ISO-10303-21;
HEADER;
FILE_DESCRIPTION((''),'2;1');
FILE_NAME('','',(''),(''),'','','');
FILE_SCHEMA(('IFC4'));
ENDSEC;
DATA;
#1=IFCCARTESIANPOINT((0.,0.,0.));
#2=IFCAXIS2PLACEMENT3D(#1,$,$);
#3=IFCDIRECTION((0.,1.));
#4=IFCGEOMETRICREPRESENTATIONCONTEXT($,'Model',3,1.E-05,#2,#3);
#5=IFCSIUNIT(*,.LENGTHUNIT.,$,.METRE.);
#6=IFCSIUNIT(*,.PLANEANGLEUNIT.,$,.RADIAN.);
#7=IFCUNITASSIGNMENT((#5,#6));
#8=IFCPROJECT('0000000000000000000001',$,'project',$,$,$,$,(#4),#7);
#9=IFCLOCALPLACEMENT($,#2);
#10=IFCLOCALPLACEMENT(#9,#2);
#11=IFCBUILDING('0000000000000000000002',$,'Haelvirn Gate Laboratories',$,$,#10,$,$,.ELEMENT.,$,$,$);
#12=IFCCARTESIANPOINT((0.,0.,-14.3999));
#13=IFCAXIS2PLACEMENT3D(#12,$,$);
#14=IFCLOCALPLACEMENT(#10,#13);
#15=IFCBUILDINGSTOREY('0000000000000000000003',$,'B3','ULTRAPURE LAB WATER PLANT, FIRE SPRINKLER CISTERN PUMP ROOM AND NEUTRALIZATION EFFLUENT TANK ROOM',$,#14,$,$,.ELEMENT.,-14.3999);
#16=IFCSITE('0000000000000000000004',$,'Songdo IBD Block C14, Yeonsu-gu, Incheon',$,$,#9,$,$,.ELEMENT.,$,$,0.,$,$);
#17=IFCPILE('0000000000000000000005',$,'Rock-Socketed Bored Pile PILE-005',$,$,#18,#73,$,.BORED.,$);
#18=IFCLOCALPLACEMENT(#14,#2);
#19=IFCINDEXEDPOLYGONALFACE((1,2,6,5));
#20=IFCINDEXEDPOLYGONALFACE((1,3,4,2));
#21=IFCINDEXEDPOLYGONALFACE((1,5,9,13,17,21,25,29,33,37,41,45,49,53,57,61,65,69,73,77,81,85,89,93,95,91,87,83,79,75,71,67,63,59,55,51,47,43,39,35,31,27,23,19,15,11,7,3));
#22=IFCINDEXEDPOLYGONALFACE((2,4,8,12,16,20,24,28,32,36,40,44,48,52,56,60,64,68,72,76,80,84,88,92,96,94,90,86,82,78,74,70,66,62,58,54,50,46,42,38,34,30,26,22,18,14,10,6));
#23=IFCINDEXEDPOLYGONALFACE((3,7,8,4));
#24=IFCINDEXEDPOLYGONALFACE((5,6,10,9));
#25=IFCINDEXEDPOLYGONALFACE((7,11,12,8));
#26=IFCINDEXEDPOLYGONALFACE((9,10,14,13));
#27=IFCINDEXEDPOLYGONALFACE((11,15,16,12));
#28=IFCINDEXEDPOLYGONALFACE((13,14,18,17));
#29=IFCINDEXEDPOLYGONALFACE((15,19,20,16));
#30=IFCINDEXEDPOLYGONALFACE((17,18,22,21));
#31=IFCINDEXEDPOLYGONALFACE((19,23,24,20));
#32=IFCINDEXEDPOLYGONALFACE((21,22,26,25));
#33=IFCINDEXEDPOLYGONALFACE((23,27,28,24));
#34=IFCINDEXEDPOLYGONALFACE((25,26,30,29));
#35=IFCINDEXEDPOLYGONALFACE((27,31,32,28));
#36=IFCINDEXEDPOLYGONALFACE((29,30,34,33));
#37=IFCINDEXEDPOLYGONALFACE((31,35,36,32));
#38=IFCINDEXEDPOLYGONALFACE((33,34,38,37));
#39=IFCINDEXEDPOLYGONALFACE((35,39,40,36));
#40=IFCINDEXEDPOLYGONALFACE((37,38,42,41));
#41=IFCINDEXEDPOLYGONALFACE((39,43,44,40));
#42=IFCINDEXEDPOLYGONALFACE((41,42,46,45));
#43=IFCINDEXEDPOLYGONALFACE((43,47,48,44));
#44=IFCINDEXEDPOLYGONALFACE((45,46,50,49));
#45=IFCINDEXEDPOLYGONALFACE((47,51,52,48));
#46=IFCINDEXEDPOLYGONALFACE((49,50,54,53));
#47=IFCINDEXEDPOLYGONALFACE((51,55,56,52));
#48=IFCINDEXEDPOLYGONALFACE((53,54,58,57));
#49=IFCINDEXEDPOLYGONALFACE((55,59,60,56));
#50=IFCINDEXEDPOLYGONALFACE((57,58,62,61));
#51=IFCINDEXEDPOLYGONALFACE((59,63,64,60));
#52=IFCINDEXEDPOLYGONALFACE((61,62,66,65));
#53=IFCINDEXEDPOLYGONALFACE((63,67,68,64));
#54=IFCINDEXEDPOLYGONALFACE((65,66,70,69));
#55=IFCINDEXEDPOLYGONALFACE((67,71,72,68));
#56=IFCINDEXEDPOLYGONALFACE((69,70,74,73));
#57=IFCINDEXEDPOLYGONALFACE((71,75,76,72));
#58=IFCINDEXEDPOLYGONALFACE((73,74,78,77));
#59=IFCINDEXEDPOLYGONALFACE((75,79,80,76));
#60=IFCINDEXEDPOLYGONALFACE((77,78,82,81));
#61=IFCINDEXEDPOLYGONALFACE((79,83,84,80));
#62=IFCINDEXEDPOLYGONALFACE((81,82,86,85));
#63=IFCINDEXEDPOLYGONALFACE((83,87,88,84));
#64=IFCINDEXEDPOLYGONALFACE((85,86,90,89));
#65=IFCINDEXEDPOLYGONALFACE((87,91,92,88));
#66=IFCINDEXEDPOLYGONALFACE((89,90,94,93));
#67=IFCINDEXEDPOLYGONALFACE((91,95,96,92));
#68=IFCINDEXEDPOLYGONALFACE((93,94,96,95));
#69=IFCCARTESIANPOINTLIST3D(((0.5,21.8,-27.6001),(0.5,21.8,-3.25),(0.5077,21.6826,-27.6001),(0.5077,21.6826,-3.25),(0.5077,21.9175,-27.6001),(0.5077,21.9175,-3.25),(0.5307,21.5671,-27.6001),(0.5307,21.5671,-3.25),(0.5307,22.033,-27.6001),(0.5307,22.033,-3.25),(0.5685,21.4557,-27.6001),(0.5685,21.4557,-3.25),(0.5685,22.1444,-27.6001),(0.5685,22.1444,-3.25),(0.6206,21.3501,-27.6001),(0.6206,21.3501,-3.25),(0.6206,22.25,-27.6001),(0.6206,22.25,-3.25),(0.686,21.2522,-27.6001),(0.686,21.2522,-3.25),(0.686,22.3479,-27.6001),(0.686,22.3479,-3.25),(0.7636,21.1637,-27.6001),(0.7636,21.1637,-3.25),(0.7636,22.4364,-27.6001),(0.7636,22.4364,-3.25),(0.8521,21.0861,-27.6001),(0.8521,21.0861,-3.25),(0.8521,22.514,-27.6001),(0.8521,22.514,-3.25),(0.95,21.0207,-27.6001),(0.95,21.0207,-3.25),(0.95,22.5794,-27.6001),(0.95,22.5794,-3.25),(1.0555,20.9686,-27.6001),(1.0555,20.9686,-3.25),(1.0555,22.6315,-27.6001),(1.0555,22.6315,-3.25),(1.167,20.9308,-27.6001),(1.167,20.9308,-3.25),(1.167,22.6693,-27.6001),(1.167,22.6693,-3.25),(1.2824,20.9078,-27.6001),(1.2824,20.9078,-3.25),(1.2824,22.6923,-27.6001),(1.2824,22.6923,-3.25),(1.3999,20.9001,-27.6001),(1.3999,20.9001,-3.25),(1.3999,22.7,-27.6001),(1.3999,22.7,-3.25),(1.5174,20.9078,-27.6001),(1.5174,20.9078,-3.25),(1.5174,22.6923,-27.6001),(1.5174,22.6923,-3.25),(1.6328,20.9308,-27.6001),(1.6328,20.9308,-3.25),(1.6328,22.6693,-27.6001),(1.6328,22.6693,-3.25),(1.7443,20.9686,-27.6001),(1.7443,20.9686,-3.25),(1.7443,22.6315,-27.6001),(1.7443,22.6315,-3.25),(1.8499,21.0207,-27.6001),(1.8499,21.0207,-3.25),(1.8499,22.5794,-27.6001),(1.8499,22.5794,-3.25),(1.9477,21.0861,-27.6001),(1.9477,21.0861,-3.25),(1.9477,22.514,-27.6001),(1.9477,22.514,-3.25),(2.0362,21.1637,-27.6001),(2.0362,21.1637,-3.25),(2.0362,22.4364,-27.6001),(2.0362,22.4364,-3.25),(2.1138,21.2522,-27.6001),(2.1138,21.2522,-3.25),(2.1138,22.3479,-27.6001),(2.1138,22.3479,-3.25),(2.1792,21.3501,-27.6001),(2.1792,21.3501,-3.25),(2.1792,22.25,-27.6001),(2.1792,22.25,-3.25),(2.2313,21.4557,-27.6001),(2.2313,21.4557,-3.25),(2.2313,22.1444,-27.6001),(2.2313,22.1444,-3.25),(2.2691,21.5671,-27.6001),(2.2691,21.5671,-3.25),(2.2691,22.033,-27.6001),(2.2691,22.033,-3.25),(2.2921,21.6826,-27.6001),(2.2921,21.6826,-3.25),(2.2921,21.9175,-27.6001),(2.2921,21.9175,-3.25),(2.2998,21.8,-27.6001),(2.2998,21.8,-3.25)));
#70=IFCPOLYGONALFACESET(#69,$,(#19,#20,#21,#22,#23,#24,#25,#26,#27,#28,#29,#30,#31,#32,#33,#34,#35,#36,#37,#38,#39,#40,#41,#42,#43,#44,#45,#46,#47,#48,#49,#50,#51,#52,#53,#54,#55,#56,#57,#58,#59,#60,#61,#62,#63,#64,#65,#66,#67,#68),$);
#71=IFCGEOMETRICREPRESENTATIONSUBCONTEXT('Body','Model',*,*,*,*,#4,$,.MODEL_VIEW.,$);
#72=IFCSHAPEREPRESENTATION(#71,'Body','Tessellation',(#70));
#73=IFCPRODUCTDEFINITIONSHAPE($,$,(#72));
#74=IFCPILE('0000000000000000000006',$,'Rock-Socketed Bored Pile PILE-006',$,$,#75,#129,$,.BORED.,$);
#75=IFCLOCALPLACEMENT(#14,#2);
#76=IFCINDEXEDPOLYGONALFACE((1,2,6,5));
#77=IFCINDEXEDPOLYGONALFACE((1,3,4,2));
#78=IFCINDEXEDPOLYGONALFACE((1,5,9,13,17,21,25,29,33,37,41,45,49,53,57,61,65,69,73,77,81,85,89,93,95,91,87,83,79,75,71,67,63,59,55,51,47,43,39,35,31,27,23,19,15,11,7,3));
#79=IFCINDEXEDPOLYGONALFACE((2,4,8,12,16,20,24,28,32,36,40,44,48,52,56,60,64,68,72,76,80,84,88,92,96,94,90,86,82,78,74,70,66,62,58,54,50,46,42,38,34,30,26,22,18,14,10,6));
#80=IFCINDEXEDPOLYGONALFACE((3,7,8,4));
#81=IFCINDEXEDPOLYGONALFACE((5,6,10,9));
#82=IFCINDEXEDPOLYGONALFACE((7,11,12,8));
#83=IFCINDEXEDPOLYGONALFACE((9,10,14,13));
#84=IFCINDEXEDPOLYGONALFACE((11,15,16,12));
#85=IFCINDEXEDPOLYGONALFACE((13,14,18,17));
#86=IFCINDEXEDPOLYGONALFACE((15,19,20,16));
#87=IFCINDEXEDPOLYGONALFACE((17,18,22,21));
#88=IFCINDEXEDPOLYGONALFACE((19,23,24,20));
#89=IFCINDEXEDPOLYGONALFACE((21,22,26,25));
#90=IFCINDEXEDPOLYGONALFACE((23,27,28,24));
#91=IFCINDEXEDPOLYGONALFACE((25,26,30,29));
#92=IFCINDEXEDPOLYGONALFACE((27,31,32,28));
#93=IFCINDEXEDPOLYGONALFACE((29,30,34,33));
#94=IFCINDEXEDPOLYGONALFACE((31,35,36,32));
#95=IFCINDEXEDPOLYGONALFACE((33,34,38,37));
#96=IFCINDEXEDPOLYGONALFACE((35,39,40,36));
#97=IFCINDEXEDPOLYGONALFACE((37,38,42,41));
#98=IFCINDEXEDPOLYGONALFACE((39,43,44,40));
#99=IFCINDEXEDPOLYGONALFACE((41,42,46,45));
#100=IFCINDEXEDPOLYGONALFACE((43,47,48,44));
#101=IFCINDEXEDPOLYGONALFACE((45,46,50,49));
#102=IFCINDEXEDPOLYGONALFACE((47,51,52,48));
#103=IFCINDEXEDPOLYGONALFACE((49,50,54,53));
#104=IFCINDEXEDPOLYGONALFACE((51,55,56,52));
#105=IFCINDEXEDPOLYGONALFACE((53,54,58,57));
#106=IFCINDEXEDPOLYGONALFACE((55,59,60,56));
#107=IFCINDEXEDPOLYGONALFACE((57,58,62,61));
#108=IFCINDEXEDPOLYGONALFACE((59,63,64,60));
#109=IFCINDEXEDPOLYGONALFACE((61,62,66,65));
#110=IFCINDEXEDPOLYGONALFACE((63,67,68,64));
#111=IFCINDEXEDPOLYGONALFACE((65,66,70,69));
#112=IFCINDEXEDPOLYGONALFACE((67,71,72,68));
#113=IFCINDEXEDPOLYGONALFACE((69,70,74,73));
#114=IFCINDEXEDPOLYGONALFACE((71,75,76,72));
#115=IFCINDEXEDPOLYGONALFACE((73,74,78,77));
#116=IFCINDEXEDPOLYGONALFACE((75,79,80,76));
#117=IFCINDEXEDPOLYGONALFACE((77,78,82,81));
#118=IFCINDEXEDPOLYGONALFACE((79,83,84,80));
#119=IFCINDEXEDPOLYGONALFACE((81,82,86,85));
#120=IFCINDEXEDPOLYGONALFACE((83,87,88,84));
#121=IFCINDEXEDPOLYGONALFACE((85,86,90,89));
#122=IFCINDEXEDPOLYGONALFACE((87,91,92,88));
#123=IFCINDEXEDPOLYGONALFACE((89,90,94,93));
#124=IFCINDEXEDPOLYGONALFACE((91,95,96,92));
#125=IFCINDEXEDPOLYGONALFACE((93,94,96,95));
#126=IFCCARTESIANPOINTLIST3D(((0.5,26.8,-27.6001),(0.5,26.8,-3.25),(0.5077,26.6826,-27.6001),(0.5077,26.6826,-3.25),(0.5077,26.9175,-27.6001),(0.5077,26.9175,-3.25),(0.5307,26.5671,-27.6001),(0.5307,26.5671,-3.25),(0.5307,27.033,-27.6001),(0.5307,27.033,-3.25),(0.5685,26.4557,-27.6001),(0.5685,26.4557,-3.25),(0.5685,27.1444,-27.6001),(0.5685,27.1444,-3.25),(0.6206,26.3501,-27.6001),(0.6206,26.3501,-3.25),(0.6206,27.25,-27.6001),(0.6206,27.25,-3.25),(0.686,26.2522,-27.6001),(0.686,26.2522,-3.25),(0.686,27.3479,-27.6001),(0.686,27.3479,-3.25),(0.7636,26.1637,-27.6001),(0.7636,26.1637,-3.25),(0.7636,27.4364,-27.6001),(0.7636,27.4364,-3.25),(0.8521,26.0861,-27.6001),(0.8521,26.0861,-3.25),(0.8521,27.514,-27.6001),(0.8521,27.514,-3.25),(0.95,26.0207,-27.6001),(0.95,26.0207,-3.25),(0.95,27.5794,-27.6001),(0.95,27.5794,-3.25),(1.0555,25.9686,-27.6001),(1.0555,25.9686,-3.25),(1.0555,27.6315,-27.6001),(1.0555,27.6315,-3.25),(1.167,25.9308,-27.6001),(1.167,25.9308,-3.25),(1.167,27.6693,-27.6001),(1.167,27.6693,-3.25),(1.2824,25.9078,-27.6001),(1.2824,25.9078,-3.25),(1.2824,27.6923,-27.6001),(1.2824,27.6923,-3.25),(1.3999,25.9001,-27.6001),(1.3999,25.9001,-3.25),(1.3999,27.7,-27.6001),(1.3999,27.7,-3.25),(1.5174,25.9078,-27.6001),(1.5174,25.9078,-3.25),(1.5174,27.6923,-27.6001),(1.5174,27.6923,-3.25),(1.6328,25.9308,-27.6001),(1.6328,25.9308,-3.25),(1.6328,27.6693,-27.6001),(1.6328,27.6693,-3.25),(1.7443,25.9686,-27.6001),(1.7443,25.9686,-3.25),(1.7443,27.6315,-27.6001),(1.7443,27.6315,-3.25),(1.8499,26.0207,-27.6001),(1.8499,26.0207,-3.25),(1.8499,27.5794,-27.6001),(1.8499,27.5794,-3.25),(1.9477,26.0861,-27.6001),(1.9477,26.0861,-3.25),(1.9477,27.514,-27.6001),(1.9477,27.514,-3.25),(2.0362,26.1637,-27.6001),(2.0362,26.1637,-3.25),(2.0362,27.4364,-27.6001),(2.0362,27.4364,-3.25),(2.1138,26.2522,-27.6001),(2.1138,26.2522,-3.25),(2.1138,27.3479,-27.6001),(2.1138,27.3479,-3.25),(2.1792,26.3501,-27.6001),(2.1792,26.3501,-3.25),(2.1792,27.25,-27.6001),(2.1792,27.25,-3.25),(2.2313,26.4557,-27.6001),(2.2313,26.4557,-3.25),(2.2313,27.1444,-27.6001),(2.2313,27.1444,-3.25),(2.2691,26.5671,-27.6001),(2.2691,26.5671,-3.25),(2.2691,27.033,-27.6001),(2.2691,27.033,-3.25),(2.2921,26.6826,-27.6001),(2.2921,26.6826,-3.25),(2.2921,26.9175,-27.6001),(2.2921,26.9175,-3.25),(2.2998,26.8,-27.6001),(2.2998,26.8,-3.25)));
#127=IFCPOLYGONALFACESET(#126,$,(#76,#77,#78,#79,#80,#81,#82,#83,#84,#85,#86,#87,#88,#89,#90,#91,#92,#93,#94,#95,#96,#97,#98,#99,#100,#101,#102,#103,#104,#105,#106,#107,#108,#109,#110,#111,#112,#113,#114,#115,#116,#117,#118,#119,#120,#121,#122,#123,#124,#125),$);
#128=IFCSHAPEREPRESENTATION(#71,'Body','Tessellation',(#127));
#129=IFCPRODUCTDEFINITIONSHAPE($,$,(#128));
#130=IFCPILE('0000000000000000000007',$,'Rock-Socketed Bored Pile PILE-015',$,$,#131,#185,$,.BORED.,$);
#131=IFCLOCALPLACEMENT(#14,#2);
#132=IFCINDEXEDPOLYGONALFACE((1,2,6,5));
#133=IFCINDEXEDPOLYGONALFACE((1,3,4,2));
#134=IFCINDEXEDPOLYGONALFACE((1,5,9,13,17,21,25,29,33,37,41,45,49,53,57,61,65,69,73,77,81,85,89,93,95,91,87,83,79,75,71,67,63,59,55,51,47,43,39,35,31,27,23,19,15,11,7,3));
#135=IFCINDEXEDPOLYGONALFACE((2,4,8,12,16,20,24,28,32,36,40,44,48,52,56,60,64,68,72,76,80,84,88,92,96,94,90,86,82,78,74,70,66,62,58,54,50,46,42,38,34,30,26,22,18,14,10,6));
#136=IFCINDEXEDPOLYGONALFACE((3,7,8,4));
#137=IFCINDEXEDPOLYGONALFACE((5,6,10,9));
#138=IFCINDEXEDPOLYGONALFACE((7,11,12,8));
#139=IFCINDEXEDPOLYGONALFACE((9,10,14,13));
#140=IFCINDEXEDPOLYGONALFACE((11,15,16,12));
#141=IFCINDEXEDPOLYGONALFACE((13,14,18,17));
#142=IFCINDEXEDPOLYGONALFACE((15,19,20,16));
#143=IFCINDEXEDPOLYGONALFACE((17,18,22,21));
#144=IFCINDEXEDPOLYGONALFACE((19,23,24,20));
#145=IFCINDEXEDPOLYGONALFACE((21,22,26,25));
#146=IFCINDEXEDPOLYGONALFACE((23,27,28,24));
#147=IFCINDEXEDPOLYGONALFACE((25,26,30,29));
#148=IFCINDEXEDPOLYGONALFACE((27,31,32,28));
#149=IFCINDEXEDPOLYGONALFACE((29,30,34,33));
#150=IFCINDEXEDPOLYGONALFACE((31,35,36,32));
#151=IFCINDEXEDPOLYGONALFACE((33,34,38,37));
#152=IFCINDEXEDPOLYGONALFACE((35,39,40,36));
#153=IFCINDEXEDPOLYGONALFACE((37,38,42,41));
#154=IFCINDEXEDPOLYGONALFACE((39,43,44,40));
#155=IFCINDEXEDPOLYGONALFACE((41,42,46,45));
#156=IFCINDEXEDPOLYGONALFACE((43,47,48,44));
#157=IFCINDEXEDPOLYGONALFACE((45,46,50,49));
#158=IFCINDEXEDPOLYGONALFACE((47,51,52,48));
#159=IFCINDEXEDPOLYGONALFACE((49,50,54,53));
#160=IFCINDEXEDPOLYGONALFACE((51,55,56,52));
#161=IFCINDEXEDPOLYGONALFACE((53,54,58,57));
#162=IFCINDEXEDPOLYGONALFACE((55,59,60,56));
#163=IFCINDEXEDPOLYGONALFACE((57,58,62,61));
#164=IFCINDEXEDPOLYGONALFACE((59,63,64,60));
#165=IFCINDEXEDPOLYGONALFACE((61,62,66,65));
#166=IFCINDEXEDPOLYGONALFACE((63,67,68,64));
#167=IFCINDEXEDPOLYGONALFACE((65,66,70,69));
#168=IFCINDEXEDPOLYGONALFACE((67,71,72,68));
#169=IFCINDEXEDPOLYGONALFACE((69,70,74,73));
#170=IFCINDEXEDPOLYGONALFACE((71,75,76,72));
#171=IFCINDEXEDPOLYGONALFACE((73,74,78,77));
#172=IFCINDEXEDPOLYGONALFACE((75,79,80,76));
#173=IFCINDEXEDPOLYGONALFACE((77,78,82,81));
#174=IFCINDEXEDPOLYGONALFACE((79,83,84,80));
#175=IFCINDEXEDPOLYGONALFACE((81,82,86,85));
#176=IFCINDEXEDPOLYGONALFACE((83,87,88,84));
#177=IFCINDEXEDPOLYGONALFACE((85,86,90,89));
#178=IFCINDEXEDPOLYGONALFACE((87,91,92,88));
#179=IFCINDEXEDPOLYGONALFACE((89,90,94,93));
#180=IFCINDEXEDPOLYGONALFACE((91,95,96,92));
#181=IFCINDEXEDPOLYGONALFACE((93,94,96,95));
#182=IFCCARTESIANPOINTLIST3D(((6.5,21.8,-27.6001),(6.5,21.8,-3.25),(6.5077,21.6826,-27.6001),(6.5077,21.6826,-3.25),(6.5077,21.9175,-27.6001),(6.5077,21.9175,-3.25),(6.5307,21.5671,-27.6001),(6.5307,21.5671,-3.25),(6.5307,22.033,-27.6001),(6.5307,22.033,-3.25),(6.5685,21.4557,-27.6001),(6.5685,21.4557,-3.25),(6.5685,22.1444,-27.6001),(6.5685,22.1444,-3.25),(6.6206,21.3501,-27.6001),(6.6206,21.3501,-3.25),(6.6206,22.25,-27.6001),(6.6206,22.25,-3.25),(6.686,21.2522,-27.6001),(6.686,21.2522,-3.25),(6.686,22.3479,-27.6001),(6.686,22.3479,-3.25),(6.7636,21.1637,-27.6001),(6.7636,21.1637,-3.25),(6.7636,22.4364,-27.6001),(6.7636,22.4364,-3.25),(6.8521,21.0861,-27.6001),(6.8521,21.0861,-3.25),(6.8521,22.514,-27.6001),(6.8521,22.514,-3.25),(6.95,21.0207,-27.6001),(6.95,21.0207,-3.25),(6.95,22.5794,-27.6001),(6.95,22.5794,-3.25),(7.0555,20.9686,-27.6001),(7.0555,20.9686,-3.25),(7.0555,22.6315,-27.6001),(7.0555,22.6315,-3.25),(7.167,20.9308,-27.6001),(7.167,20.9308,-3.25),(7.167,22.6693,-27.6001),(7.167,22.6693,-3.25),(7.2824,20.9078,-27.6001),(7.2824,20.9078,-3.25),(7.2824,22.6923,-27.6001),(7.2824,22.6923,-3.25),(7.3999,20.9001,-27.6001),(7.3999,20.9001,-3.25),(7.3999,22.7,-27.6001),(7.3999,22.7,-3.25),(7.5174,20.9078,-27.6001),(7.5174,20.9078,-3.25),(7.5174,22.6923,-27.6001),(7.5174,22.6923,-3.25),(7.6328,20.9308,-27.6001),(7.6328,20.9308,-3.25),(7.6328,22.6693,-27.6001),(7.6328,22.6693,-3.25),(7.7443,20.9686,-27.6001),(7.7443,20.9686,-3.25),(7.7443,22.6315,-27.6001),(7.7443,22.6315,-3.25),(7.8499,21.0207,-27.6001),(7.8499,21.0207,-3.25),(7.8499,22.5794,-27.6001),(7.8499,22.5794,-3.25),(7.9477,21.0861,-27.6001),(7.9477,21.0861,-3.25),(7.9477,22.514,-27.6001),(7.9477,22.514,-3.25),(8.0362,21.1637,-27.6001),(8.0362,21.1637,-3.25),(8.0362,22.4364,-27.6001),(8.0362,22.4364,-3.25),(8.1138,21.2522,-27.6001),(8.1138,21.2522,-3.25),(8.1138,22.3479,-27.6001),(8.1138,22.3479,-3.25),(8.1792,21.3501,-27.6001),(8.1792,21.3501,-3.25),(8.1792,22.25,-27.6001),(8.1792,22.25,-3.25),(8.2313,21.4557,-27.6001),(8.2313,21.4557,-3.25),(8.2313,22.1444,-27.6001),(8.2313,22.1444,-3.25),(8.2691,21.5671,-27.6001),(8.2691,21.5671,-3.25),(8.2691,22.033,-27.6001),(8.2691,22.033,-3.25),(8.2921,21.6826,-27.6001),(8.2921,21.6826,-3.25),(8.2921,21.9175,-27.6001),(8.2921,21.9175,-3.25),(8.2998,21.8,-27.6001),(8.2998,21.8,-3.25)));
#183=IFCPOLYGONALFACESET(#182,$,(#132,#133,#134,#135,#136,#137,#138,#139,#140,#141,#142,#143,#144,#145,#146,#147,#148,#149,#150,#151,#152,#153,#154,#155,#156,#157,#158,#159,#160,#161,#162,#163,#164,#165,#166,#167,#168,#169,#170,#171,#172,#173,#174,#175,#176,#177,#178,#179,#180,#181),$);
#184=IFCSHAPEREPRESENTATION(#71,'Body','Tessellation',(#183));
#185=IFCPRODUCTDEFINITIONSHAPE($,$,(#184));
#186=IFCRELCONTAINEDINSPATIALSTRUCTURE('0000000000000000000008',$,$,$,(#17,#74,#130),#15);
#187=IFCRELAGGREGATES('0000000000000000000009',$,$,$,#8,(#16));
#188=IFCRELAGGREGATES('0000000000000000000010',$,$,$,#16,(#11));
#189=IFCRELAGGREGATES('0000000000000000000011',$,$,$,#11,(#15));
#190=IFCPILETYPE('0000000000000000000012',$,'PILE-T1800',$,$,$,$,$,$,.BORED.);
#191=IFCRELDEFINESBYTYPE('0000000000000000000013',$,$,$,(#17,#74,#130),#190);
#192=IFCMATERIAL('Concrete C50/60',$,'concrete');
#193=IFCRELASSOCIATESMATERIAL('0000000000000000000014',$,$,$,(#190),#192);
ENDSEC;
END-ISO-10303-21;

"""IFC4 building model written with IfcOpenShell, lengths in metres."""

from ifc_helpers import new_model, si_unit, direction, frame, origin, origin_2d, place, context, subcontext, project, spatial, circle, extrude, source, transform, mapped, material, material_profile, profile_set, type_object, type_shapes, element, save


model = new_model("IFC4")

# Units and contexts
model_context = context("Model", 3, precision=1e-05, world=origin(), true_north=direction((0.0, 1.0)))
body_context = subcontext(model_context, "Body", "Model", "MODEL_VIEW")
ifc_project = project(units=[si_unit("LENGTHUNIT", "METRE"), si_unit("PLANEANGLEUNIT", "RADIAN")], contexts=[model_context])

# Site, building, storey
site_placement = place(None, origin())
site = spatial("IfcSite", under=ifc_project, at=site_placement, Name="Songdo IBD Block C14, Yeonsu-gu, Incheon", CompositionType="ELEMENT", RefElevation=0.0)
building_placement = place(site_placement, origin())
building = spatial("IfcBuilding", under=site, at=building_placement, Name="Haelvirn Gate Laboratories", CompositionType="ELEMENT")
storey_placement = place(building_placement, frame((0.0, 0.0, -14.3999)))
storey = spatial("IfcBuildingStorey", under=building, at=storey_placement, Name="B3", Description="ULTRAPURE LAB WATER PLANT, FIRE SPRINKLER CISTERN PUMP ROOM AND NEUTRALIZATION EFFLUENT TANK ROOM", CompositionType="ELEMENT", Elevation=-14.3999)

# Piles
ifc_material_1 = material(Name="Concrete C50/60", Category="concrete")
ifc_material_profile_1 = material_profile(ifc_material_1, circle(Radius=0.8999, at=origin_2d()), Name="PILE-D1800")
ifc_profile_set_1 = profile_set([ifc_material_profile_1], Name="Concrete C50/60")
pile_type_1 = type_object("IfcPileType", Name="PILE-T1800", PredefinedType="BORED", material=ifc_profile_set_1)
shared_shape_1 = source(origin(), body_context, "Body", "SweptSolid", [
    extrude(circle(Radius=0.8999, at=origin_2d()), origin(), (0.0, 0.0, 1.0), 24.3501),
])
type_shapes(pile_type_1, [shared_shape_1])
for number, where, z_axis, x_axis, name in (
    (1, (1.3999, 21.8, -3.25), (0.0, 0.0, -1.0), (1.0, 0.0, 0.0), "Rock-Socketed Bored Pile PILE-005"),
    (2, (1.3999, 26.8, -3.25), (0.0, 0.0, -1.0), (1.0, 0.0, 0.0), "Rock-Socketed Bored Pile PILE-006"),
    (3, (7.3999, 21.8, -3.25), (0.0, 0.0, -1.0), (1.0, 0.0, 0.0), "Rock-Socketed Bored Pile PILE-015"),
):
    element("IfcPile", number, at=place(storey_placement, frame(where, z_axis=z_axis, x_axis=x_axis)), inside=storey, type_object=pile_type_1, Name=name, PredefinedType="BORED", context=body_context, shape_type="MappedRepresentation", body=[
        mapped(shared_shape_1, transform((0.0, 0.0, 0.0), scale=1.0)),
    ])

save(model, "model.ifc")
